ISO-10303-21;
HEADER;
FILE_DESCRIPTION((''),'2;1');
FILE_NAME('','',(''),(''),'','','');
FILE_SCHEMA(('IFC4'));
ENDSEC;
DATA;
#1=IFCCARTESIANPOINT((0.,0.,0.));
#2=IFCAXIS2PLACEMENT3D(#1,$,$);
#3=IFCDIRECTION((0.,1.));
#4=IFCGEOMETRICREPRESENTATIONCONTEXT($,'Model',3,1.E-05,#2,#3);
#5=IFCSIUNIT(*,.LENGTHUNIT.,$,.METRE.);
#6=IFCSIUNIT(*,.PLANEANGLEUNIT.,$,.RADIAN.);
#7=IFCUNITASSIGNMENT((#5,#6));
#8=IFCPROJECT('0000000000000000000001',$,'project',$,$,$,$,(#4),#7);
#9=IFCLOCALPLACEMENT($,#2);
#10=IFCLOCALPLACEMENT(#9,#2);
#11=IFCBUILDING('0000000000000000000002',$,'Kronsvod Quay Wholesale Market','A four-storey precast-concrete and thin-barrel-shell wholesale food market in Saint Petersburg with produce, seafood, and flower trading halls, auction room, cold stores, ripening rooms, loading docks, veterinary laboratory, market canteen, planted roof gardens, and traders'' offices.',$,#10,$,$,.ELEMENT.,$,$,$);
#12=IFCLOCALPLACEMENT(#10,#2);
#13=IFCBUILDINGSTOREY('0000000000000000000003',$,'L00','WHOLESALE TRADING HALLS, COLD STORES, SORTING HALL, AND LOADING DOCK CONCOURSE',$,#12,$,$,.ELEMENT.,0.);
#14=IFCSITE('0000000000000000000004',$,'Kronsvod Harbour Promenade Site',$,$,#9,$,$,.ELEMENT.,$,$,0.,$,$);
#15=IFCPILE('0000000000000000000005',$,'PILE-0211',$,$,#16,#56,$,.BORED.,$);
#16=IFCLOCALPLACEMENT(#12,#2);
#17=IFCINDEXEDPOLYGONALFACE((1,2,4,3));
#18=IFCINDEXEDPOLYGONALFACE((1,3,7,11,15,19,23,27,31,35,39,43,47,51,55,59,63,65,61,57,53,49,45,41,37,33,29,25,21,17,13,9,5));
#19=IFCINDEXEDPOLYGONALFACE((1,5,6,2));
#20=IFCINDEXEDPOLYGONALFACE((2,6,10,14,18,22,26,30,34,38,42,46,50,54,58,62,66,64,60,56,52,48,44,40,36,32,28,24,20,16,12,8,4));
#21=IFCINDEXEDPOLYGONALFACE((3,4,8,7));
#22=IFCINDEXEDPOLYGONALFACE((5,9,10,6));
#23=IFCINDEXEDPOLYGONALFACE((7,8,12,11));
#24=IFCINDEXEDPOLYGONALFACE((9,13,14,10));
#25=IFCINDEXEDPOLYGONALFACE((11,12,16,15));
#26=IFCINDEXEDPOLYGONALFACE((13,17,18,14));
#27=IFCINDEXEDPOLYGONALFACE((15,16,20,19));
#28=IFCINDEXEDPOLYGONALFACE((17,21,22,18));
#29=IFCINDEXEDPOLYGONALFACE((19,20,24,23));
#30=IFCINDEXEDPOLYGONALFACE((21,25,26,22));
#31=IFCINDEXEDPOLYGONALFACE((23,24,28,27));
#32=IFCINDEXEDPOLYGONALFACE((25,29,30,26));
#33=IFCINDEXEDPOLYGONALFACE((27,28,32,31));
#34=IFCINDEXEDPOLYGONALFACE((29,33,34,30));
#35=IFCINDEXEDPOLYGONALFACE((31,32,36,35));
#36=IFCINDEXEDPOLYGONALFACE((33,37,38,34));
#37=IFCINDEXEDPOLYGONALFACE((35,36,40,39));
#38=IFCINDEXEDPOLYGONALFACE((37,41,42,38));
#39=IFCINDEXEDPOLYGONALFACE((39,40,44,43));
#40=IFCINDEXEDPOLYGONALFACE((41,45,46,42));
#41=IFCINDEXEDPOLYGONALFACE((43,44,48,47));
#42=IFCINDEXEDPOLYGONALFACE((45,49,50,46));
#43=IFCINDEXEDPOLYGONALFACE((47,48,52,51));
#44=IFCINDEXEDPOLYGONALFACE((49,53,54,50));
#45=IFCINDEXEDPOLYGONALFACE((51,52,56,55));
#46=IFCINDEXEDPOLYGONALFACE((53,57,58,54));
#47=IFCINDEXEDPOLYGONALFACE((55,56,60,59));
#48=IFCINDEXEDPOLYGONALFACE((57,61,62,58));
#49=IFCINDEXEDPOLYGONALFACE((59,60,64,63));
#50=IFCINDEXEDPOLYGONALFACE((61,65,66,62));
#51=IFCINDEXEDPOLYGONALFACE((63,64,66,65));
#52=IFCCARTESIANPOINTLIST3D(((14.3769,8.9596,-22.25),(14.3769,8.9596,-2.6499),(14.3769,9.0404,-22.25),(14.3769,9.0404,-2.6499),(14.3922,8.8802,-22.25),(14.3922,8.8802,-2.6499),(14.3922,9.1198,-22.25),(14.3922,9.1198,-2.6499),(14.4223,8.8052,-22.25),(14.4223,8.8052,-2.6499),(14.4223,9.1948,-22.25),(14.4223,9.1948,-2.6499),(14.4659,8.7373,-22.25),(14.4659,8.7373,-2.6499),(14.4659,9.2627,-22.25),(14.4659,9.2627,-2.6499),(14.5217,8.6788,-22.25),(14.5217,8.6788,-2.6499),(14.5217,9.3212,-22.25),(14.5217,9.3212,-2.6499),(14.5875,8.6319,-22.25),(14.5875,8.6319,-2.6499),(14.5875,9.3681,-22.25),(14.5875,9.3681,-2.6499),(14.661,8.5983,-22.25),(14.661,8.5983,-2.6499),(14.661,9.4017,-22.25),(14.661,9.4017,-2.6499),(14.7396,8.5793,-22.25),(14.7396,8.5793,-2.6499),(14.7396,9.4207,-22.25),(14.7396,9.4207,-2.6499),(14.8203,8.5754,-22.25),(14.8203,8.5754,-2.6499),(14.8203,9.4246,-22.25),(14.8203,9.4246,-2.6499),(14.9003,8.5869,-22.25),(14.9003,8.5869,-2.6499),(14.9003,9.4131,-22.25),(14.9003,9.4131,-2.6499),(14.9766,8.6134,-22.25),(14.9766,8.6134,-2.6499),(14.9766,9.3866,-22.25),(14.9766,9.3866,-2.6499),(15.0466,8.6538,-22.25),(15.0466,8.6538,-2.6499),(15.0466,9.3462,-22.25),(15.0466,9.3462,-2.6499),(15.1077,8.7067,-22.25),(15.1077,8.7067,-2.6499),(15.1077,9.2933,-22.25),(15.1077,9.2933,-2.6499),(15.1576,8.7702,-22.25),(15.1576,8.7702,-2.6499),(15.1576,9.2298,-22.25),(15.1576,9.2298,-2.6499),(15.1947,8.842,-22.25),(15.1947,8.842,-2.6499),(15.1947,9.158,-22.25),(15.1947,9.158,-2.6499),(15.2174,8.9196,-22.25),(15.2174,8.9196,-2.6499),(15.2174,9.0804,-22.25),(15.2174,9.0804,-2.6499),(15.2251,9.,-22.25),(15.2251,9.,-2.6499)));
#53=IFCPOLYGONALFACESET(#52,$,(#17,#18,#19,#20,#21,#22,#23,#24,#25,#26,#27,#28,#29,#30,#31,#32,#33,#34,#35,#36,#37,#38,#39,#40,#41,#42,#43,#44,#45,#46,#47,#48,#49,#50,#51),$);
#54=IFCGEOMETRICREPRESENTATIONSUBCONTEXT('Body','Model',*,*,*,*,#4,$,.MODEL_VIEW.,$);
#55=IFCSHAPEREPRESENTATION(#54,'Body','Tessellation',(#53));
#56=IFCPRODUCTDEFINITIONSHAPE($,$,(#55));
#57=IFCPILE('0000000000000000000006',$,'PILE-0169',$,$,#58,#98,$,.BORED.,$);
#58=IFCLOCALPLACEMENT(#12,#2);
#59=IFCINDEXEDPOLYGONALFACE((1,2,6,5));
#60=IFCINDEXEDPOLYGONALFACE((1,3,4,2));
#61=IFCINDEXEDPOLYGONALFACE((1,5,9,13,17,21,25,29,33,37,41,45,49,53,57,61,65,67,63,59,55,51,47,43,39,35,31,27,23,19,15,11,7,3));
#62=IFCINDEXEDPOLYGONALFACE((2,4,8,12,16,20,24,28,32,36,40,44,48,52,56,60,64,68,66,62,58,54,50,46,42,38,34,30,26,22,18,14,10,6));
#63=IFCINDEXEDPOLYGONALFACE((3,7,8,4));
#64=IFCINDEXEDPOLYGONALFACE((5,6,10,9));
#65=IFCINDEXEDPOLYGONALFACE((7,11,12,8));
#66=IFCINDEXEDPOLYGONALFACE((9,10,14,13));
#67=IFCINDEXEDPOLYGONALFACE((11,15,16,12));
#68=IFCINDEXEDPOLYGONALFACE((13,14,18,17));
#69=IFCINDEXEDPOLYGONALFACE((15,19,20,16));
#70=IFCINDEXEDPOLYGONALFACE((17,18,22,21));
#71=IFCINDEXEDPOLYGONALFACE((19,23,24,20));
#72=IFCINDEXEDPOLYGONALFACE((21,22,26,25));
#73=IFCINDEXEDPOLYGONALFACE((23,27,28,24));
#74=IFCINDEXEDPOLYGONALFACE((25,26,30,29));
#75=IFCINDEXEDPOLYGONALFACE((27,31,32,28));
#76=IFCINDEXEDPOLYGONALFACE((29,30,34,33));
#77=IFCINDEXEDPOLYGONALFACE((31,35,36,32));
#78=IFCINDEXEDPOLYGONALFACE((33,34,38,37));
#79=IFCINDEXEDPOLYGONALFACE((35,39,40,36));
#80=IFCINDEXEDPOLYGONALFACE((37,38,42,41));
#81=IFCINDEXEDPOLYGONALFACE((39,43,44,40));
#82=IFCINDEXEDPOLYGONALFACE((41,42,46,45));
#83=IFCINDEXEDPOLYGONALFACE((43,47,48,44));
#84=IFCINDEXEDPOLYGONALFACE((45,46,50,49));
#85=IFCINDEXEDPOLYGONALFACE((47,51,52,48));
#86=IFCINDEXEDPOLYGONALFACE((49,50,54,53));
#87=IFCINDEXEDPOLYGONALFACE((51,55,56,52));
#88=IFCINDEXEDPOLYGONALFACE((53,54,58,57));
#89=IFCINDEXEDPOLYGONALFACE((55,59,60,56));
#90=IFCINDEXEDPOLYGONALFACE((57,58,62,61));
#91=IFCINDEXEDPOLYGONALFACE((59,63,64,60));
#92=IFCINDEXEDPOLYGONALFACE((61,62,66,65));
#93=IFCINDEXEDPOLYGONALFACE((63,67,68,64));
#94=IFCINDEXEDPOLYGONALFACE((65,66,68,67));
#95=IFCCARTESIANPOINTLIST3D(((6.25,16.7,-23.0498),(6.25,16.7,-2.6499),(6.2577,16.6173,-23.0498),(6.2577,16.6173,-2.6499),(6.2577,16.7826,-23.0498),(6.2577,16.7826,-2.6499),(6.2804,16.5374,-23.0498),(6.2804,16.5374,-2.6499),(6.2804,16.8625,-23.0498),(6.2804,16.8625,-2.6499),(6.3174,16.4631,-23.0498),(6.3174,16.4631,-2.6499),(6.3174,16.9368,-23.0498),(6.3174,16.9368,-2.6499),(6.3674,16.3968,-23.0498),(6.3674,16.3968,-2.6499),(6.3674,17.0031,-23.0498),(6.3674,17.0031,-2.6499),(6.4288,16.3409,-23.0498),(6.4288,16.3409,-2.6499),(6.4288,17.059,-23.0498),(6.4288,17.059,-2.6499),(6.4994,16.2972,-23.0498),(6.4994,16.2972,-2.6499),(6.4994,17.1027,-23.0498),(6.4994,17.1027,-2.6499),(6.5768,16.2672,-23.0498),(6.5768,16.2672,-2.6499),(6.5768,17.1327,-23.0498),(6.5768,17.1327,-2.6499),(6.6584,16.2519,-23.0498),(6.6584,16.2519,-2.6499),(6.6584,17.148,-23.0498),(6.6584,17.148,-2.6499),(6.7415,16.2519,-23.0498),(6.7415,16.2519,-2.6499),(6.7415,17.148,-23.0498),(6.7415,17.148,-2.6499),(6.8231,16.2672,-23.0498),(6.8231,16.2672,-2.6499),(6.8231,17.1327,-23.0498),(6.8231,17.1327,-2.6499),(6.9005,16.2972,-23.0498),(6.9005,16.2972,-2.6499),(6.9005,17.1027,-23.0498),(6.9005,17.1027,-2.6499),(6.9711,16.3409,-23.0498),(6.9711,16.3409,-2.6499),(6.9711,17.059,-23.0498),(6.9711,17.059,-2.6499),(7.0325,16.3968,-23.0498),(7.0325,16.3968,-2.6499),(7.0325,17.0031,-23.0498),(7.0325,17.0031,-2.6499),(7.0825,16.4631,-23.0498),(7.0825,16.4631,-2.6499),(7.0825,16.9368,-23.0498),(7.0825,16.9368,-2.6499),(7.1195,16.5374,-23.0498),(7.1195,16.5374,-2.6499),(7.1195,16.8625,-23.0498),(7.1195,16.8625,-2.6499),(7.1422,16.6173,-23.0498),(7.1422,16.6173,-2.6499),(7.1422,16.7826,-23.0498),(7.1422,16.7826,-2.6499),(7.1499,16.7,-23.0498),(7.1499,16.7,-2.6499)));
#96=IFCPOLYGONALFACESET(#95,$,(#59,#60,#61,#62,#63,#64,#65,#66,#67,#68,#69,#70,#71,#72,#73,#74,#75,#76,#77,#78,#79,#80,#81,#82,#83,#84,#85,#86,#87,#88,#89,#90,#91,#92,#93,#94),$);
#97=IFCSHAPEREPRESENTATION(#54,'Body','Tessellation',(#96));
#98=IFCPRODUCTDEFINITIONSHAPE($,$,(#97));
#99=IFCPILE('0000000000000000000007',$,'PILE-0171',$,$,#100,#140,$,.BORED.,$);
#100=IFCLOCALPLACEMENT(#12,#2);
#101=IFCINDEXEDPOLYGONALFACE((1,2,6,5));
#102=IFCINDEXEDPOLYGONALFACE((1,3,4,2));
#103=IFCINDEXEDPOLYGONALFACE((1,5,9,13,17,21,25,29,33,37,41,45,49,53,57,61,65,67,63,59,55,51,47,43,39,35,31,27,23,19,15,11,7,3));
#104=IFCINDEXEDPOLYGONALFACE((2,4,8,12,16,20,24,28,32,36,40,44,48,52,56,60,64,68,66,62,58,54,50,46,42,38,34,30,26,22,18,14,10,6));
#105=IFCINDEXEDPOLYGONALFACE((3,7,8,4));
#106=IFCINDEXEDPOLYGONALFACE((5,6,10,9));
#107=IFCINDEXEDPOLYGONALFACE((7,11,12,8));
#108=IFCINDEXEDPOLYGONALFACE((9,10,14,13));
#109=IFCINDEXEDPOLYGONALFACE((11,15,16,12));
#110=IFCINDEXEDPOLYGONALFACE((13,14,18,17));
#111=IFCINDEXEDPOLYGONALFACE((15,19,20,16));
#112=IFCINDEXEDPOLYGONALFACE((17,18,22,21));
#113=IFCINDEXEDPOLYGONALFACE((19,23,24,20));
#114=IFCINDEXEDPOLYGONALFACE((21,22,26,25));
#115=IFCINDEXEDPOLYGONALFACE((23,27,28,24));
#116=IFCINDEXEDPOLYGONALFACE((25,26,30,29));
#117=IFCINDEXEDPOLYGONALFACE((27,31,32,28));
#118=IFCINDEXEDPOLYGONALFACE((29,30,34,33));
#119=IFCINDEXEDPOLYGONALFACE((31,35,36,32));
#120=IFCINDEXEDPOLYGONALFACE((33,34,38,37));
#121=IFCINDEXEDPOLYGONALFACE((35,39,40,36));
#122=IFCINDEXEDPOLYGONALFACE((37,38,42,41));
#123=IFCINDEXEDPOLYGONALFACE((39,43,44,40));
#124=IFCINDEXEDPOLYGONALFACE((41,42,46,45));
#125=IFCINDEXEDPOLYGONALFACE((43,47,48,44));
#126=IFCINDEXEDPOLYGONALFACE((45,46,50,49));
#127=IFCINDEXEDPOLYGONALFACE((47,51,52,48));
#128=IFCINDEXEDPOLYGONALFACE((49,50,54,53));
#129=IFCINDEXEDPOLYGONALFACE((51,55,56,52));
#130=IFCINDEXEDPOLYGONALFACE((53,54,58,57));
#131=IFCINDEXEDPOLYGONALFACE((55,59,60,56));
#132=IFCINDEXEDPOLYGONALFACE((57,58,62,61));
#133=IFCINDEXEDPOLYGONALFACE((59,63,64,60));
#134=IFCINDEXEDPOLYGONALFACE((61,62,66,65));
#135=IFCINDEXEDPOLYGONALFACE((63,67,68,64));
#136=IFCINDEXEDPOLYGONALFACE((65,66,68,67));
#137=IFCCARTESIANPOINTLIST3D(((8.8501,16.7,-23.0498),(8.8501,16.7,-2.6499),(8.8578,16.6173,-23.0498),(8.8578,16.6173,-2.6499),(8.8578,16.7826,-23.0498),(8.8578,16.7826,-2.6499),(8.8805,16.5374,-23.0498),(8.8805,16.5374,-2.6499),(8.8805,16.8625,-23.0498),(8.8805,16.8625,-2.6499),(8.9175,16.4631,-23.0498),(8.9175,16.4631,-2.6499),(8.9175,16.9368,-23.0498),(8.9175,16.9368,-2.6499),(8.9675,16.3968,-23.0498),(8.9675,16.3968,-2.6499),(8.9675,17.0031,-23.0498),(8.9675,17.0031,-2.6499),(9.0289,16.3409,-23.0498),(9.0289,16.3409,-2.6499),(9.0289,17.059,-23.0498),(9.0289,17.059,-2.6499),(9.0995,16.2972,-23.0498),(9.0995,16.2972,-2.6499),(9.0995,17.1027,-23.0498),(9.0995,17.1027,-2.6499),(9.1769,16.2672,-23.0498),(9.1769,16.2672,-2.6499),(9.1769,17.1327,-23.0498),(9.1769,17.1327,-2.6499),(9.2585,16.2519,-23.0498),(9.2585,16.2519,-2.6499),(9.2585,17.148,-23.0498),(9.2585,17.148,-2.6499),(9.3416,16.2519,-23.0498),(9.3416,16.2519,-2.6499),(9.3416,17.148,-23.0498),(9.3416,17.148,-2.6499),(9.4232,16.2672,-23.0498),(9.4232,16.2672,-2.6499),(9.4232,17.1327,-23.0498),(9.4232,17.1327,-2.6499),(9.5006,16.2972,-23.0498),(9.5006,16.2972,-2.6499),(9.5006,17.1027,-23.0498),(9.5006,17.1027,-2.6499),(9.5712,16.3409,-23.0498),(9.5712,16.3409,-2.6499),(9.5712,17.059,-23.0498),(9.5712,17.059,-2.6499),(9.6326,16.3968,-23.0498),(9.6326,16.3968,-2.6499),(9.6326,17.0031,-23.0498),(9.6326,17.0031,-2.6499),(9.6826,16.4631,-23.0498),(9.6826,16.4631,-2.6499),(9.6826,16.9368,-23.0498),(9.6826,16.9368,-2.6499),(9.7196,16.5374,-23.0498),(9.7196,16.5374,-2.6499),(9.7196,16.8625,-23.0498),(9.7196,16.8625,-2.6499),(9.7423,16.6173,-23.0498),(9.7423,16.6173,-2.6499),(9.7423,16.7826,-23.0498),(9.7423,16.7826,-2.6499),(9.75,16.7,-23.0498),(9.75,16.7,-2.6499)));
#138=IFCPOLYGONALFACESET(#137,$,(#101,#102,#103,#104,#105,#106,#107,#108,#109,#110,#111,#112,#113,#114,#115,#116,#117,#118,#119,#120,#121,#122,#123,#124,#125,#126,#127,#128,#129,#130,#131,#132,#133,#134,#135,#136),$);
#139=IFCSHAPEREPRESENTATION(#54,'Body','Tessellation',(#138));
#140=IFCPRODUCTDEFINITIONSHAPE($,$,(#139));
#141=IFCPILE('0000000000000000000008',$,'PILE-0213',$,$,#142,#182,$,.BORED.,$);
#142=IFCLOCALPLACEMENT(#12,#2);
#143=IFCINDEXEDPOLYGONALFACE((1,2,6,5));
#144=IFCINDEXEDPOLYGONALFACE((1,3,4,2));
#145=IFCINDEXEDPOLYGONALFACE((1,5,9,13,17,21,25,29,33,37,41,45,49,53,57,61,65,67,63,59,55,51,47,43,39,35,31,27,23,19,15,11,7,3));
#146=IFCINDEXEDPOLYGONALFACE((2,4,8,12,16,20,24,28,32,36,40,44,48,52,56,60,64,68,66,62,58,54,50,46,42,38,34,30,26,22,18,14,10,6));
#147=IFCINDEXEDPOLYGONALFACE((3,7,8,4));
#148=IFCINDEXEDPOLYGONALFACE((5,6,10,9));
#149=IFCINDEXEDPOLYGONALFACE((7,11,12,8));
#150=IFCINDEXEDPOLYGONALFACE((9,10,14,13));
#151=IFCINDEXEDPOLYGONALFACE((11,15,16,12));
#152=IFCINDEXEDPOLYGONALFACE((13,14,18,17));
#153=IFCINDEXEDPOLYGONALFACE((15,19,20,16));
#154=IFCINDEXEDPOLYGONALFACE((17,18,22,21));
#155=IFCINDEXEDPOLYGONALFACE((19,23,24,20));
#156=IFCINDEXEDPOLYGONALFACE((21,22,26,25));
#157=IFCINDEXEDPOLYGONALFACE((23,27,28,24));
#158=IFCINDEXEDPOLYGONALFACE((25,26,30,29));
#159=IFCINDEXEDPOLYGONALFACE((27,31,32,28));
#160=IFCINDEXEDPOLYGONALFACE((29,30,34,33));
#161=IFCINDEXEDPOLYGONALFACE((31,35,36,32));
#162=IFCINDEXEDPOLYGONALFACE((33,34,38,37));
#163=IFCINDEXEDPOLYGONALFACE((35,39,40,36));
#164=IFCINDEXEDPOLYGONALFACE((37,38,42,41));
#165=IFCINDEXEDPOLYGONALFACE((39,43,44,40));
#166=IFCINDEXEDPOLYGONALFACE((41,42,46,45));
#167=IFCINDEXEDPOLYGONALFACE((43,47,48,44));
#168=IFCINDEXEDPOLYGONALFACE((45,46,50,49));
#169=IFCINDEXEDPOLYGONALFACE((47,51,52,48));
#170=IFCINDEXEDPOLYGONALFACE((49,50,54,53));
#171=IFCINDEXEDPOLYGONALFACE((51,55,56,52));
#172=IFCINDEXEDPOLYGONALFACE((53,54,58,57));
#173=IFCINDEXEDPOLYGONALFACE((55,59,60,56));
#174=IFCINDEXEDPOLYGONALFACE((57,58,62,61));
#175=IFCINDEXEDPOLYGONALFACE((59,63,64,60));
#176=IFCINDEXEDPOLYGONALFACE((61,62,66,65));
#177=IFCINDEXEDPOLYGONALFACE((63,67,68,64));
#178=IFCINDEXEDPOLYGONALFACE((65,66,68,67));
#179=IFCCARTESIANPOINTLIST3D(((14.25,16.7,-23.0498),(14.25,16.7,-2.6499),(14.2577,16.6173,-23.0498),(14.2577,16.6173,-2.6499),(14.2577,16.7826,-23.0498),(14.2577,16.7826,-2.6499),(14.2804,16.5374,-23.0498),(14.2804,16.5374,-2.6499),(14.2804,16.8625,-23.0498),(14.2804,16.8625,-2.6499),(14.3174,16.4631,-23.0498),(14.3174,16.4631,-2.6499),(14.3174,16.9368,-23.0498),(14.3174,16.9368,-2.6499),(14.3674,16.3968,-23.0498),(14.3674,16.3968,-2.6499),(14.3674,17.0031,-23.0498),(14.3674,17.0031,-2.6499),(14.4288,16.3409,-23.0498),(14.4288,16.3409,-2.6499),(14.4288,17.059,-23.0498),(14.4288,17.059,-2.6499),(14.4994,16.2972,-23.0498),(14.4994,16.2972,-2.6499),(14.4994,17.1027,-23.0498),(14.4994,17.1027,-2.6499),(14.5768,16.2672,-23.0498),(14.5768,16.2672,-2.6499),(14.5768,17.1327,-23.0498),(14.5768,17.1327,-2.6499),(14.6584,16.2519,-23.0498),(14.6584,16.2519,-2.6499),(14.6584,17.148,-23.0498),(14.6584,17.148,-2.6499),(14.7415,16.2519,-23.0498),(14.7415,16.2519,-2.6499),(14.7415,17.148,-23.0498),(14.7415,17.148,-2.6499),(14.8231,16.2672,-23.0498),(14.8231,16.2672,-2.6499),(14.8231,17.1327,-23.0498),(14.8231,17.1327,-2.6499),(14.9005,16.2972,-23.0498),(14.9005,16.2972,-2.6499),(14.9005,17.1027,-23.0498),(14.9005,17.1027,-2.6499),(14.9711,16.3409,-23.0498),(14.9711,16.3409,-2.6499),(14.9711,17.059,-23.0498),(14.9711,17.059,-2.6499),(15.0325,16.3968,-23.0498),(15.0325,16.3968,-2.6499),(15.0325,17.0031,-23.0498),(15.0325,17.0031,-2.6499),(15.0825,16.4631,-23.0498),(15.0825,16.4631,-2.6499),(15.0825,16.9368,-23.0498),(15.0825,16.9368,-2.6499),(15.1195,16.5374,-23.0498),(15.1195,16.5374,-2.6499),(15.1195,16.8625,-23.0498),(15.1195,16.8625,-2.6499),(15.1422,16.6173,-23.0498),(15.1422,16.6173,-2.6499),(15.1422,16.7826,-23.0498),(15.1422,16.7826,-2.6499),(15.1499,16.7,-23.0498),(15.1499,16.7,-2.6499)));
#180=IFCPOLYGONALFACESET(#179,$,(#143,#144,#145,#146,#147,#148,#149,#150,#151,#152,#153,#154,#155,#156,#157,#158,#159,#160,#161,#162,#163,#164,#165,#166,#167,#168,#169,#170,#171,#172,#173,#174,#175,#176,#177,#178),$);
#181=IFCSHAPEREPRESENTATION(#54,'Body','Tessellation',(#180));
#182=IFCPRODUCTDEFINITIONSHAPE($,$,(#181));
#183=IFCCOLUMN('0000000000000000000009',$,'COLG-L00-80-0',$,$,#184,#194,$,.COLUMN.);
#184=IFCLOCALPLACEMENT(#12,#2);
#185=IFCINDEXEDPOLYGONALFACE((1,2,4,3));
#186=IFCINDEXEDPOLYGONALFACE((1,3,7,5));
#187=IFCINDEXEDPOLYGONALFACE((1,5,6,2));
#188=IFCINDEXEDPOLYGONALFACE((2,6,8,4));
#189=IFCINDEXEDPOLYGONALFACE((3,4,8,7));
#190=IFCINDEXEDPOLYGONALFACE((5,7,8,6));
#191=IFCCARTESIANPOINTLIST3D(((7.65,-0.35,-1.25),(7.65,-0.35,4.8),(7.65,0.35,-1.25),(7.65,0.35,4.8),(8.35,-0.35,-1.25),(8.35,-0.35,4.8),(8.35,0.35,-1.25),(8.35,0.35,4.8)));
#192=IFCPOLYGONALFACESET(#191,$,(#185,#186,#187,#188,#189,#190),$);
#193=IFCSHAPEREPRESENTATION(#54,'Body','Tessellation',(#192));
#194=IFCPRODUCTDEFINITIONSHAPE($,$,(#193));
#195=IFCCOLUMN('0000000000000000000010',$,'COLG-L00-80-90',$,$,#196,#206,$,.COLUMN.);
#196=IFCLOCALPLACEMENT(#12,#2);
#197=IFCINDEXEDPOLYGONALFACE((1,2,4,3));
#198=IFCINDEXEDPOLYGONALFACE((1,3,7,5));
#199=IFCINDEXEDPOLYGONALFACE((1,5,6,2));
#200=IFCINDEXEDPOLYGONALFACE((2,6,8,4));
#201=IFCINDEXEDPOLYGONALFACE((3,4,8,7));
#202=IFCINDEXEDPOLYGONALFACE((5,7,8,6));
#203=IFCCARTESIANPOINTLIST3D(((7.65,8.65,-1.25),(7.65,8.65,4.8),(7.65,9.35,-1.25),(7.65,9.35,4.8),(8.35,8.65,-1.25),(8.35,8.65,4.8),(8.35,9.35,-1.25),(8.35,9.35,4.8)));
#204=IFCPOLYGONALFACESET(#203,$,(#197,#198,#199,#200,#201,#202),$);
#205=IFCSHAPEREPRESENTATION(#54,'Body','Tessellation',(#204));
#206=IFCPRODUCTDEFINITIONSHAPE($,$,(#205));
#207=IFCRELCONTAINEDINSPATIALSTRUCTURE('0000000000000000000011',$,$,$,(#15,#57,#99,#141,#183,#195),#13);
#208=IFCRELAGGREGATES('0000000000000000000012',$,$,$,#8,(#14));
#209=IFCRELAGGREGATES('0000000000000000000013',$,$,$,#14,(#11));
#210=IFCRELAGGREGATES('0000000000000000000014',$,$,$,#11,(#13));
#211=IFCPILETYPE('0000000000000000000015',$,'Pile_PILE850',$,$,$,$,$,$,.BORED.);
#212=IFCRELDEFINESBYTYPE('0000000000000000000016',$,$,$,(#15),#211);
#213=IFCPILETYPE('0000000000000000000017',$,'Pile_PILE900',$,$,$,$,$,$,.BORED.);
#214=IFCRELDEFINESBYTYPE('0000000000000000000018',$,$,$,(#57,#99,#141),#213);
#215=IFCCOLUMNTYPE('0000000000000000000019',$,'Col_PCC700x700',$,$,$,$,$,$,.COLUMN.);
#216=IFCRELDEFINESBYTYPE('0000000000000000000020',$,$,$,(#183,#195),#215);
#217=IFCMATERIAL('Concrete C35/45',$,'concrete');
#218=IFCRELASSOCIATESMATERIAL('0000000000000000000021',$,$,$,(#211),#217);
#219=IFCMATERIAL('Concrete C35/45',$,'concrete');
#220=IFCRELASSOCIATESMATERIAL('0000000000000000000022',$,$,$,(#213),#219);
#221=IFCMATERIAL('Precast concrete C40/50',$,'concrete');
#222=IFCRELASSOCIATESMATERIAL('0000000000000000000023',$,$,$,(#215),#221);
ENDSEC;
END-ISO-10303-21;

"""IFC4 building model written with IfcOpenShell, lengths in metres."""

from ifc_helpers import new_model, si_unit, direction, frame, origin, origin_2d, place, context, subcontext, project, spatial, rectangle, circle, extrude, material, material_profile, profile_set, type_object, element, save


model = new_model("IFC4")

# Units and contexts
model_context = context("Model", 3, precision=1e-05, world=origin(), true_north=direction((0.0, 1.0)))
body_context = subcontext(model_context, "Body", "Model", "MODEL_VIEW")
ifc_project = project(units=[si_unit("LENGTHUNIT", "METRE"), si_unit("PLANEANGLEUNIT", "RADIAN")], contexts=[model_context])

# Site, building, storey
site_placement = place(None, origin())
site = spatial("IfcSite", under=ifc_project, at=site_placement, Name="Kronsvod Harbour Promenade Site", CompositionType="ELEMENT", RefElevation=0.0)
building_placement = place(site_placement, origin())
building = spatial("IfcBuilding", under=site, at=building_placement, Name="Kronsvod Quay Wholesale Market", Description="A four-storey precast-concrete and thin-barrel-shell wholesale food market in Saint Petersburg with produce, seafood, and flower trading halls, auction room, cold stores, ripening rooms, loading docks, veterinary laboratory, market canteen, planted roof gardens, and traders' offices.", CompositionType="ELEMENT")
storey_placement = place(building_placement, origin())
storey = spatial("IfcBuildingStorey", under=building, at=storey_placement, Name="L00", Description="WHOLESALE TRADING HALLS, COLD STORES, SORTING HALL, AND LOADING DOCK CONCOURSE", CompositionType="ELEMENT", Elevation=0.0)

# Piles
ifc_material_1 = material(Name="Concrete C35/45", Category="concrete")
ifc_material_profile_1 = material_profile(ifc_material_1, circle(Radius=0.425, at=origin_2d()), Name="PILE850")
ifc_profile_set_1 = profile_set([ifc_material_profile_1], Name="Concrete C35/45")
pile_type_1 = type_object("IfcPileType", Name="Pile_PILE850", PredefinedType="BORED", material=ifc_profile_set_1)
for number, where, z_axis, x_axis, name in (
    (1, (14.8, 9.0, -2.6499), (0.0, 0.0, -1.0), (1.0, 0.0, 0.0), "PILE-0211"),
):
    element("IfcPile", number, at=place(storey_placement, frame(where, z_axis=z_axis, x_axis=x_axis)), inside=storey, type_object=pile_type_1, Name=name, PredefinedType="BORED", context=body_context, shape_type="SweptSolid", body=[
        extrude(circle(Radius=0.425, at=origin_2d()), origin(), (0.0, 0.0, 1.0), 19.6001),
    ])
ifc_material_2 = material(Name="Concrete C35/45", Category="concrete")
ifc_material_profile_2 = material_profile(ifc_material_2, circle(Radius=0.45, at=origin_2d()), Name="PILE900")
ifc_profile_set_2 = profile_set([ifc_material_profile_2], Name="Concrete C35/45")
pile_type_2 = type_object("IfcPileType", Name="Pile_PILE900", PredefinedType="BORED", material=ifc_profile_set_2)
for number, where, z_axis, x_axis, name in (
    (2, (6.7, 16.7, -2.6499), (0.0, 0.0, -1.0), (1.0, 0.0, 0.0), "PILE-0169"),
    (3, (9.3, 16.7, -2.6499), (0.0, 0.0, -1.0), (1.0, 0.0, 0.0), "PILE-0171"),
    (4, (14.7, 16.7, -2.6499), (0.0, 0.0, -1.0), (1.0, 0.0, 0.0), "PILE-0213"),
):
    element("IfcPile", number, at=place(storey_placement, frame(where, z_axis=z_axis, x_axis=x_axis)), inside=storey, type_object=pile_type_2, Name=name, PredefinedType="BORED", context=body_context, shape_type="SweptSolid", body=[
        extrude(circle(Radius=0.45, at=origin_2d()), origin(), (0.0, 0.0, 1.0), 20.3999),
    ])

# Columns
ifc_material_3 = material(Name="Precast concrete C40/50", Category="concrete")
ifc_material_profile_3 = material_profile(ifc_material_3, rectangle(XDim=0.7, YDim=0.7, at=origin_2d()), Name="PCC700x700")
ifc_profile_set_3 = profile_set([ifc_material_profile_3], Name="Precast concrete C40/50")
column_type = type_object("IfcColumnType", Name="Col_PCC700x700", PredefinedType="COLUMN", material=ifc_profile_set_3)
for number, where, z_axis, x_axis, name in (
    (5, (8.0, 0.0, -1.25), (0.0, 0.0, 1.0), (1.0, 0.0, 0.0), "COLG-L00-80-0"),
    (6, (8.0, 9.0, -1.25), (0.0, 0.0, 1.0), (1.0, 0.0, 0.0), "COLG-L00-80-90"),
):
    element("IfcColumn", number, at=place(storey_placement, frame(where, z_axis=z_axis, x_axis=x_axis)), inside=storey, type_object=column_type, Name=name, PredefinedType="COLUMN", context=body_context, shape_type="SweptSolid", body=[
        extrude(rectangle(XDim=0.7, YDim=0.7, at=origin_2d()), origin(), (0.0, 0.0, 1.0), 6.05),
    ])

save(model, "model.ifc")
